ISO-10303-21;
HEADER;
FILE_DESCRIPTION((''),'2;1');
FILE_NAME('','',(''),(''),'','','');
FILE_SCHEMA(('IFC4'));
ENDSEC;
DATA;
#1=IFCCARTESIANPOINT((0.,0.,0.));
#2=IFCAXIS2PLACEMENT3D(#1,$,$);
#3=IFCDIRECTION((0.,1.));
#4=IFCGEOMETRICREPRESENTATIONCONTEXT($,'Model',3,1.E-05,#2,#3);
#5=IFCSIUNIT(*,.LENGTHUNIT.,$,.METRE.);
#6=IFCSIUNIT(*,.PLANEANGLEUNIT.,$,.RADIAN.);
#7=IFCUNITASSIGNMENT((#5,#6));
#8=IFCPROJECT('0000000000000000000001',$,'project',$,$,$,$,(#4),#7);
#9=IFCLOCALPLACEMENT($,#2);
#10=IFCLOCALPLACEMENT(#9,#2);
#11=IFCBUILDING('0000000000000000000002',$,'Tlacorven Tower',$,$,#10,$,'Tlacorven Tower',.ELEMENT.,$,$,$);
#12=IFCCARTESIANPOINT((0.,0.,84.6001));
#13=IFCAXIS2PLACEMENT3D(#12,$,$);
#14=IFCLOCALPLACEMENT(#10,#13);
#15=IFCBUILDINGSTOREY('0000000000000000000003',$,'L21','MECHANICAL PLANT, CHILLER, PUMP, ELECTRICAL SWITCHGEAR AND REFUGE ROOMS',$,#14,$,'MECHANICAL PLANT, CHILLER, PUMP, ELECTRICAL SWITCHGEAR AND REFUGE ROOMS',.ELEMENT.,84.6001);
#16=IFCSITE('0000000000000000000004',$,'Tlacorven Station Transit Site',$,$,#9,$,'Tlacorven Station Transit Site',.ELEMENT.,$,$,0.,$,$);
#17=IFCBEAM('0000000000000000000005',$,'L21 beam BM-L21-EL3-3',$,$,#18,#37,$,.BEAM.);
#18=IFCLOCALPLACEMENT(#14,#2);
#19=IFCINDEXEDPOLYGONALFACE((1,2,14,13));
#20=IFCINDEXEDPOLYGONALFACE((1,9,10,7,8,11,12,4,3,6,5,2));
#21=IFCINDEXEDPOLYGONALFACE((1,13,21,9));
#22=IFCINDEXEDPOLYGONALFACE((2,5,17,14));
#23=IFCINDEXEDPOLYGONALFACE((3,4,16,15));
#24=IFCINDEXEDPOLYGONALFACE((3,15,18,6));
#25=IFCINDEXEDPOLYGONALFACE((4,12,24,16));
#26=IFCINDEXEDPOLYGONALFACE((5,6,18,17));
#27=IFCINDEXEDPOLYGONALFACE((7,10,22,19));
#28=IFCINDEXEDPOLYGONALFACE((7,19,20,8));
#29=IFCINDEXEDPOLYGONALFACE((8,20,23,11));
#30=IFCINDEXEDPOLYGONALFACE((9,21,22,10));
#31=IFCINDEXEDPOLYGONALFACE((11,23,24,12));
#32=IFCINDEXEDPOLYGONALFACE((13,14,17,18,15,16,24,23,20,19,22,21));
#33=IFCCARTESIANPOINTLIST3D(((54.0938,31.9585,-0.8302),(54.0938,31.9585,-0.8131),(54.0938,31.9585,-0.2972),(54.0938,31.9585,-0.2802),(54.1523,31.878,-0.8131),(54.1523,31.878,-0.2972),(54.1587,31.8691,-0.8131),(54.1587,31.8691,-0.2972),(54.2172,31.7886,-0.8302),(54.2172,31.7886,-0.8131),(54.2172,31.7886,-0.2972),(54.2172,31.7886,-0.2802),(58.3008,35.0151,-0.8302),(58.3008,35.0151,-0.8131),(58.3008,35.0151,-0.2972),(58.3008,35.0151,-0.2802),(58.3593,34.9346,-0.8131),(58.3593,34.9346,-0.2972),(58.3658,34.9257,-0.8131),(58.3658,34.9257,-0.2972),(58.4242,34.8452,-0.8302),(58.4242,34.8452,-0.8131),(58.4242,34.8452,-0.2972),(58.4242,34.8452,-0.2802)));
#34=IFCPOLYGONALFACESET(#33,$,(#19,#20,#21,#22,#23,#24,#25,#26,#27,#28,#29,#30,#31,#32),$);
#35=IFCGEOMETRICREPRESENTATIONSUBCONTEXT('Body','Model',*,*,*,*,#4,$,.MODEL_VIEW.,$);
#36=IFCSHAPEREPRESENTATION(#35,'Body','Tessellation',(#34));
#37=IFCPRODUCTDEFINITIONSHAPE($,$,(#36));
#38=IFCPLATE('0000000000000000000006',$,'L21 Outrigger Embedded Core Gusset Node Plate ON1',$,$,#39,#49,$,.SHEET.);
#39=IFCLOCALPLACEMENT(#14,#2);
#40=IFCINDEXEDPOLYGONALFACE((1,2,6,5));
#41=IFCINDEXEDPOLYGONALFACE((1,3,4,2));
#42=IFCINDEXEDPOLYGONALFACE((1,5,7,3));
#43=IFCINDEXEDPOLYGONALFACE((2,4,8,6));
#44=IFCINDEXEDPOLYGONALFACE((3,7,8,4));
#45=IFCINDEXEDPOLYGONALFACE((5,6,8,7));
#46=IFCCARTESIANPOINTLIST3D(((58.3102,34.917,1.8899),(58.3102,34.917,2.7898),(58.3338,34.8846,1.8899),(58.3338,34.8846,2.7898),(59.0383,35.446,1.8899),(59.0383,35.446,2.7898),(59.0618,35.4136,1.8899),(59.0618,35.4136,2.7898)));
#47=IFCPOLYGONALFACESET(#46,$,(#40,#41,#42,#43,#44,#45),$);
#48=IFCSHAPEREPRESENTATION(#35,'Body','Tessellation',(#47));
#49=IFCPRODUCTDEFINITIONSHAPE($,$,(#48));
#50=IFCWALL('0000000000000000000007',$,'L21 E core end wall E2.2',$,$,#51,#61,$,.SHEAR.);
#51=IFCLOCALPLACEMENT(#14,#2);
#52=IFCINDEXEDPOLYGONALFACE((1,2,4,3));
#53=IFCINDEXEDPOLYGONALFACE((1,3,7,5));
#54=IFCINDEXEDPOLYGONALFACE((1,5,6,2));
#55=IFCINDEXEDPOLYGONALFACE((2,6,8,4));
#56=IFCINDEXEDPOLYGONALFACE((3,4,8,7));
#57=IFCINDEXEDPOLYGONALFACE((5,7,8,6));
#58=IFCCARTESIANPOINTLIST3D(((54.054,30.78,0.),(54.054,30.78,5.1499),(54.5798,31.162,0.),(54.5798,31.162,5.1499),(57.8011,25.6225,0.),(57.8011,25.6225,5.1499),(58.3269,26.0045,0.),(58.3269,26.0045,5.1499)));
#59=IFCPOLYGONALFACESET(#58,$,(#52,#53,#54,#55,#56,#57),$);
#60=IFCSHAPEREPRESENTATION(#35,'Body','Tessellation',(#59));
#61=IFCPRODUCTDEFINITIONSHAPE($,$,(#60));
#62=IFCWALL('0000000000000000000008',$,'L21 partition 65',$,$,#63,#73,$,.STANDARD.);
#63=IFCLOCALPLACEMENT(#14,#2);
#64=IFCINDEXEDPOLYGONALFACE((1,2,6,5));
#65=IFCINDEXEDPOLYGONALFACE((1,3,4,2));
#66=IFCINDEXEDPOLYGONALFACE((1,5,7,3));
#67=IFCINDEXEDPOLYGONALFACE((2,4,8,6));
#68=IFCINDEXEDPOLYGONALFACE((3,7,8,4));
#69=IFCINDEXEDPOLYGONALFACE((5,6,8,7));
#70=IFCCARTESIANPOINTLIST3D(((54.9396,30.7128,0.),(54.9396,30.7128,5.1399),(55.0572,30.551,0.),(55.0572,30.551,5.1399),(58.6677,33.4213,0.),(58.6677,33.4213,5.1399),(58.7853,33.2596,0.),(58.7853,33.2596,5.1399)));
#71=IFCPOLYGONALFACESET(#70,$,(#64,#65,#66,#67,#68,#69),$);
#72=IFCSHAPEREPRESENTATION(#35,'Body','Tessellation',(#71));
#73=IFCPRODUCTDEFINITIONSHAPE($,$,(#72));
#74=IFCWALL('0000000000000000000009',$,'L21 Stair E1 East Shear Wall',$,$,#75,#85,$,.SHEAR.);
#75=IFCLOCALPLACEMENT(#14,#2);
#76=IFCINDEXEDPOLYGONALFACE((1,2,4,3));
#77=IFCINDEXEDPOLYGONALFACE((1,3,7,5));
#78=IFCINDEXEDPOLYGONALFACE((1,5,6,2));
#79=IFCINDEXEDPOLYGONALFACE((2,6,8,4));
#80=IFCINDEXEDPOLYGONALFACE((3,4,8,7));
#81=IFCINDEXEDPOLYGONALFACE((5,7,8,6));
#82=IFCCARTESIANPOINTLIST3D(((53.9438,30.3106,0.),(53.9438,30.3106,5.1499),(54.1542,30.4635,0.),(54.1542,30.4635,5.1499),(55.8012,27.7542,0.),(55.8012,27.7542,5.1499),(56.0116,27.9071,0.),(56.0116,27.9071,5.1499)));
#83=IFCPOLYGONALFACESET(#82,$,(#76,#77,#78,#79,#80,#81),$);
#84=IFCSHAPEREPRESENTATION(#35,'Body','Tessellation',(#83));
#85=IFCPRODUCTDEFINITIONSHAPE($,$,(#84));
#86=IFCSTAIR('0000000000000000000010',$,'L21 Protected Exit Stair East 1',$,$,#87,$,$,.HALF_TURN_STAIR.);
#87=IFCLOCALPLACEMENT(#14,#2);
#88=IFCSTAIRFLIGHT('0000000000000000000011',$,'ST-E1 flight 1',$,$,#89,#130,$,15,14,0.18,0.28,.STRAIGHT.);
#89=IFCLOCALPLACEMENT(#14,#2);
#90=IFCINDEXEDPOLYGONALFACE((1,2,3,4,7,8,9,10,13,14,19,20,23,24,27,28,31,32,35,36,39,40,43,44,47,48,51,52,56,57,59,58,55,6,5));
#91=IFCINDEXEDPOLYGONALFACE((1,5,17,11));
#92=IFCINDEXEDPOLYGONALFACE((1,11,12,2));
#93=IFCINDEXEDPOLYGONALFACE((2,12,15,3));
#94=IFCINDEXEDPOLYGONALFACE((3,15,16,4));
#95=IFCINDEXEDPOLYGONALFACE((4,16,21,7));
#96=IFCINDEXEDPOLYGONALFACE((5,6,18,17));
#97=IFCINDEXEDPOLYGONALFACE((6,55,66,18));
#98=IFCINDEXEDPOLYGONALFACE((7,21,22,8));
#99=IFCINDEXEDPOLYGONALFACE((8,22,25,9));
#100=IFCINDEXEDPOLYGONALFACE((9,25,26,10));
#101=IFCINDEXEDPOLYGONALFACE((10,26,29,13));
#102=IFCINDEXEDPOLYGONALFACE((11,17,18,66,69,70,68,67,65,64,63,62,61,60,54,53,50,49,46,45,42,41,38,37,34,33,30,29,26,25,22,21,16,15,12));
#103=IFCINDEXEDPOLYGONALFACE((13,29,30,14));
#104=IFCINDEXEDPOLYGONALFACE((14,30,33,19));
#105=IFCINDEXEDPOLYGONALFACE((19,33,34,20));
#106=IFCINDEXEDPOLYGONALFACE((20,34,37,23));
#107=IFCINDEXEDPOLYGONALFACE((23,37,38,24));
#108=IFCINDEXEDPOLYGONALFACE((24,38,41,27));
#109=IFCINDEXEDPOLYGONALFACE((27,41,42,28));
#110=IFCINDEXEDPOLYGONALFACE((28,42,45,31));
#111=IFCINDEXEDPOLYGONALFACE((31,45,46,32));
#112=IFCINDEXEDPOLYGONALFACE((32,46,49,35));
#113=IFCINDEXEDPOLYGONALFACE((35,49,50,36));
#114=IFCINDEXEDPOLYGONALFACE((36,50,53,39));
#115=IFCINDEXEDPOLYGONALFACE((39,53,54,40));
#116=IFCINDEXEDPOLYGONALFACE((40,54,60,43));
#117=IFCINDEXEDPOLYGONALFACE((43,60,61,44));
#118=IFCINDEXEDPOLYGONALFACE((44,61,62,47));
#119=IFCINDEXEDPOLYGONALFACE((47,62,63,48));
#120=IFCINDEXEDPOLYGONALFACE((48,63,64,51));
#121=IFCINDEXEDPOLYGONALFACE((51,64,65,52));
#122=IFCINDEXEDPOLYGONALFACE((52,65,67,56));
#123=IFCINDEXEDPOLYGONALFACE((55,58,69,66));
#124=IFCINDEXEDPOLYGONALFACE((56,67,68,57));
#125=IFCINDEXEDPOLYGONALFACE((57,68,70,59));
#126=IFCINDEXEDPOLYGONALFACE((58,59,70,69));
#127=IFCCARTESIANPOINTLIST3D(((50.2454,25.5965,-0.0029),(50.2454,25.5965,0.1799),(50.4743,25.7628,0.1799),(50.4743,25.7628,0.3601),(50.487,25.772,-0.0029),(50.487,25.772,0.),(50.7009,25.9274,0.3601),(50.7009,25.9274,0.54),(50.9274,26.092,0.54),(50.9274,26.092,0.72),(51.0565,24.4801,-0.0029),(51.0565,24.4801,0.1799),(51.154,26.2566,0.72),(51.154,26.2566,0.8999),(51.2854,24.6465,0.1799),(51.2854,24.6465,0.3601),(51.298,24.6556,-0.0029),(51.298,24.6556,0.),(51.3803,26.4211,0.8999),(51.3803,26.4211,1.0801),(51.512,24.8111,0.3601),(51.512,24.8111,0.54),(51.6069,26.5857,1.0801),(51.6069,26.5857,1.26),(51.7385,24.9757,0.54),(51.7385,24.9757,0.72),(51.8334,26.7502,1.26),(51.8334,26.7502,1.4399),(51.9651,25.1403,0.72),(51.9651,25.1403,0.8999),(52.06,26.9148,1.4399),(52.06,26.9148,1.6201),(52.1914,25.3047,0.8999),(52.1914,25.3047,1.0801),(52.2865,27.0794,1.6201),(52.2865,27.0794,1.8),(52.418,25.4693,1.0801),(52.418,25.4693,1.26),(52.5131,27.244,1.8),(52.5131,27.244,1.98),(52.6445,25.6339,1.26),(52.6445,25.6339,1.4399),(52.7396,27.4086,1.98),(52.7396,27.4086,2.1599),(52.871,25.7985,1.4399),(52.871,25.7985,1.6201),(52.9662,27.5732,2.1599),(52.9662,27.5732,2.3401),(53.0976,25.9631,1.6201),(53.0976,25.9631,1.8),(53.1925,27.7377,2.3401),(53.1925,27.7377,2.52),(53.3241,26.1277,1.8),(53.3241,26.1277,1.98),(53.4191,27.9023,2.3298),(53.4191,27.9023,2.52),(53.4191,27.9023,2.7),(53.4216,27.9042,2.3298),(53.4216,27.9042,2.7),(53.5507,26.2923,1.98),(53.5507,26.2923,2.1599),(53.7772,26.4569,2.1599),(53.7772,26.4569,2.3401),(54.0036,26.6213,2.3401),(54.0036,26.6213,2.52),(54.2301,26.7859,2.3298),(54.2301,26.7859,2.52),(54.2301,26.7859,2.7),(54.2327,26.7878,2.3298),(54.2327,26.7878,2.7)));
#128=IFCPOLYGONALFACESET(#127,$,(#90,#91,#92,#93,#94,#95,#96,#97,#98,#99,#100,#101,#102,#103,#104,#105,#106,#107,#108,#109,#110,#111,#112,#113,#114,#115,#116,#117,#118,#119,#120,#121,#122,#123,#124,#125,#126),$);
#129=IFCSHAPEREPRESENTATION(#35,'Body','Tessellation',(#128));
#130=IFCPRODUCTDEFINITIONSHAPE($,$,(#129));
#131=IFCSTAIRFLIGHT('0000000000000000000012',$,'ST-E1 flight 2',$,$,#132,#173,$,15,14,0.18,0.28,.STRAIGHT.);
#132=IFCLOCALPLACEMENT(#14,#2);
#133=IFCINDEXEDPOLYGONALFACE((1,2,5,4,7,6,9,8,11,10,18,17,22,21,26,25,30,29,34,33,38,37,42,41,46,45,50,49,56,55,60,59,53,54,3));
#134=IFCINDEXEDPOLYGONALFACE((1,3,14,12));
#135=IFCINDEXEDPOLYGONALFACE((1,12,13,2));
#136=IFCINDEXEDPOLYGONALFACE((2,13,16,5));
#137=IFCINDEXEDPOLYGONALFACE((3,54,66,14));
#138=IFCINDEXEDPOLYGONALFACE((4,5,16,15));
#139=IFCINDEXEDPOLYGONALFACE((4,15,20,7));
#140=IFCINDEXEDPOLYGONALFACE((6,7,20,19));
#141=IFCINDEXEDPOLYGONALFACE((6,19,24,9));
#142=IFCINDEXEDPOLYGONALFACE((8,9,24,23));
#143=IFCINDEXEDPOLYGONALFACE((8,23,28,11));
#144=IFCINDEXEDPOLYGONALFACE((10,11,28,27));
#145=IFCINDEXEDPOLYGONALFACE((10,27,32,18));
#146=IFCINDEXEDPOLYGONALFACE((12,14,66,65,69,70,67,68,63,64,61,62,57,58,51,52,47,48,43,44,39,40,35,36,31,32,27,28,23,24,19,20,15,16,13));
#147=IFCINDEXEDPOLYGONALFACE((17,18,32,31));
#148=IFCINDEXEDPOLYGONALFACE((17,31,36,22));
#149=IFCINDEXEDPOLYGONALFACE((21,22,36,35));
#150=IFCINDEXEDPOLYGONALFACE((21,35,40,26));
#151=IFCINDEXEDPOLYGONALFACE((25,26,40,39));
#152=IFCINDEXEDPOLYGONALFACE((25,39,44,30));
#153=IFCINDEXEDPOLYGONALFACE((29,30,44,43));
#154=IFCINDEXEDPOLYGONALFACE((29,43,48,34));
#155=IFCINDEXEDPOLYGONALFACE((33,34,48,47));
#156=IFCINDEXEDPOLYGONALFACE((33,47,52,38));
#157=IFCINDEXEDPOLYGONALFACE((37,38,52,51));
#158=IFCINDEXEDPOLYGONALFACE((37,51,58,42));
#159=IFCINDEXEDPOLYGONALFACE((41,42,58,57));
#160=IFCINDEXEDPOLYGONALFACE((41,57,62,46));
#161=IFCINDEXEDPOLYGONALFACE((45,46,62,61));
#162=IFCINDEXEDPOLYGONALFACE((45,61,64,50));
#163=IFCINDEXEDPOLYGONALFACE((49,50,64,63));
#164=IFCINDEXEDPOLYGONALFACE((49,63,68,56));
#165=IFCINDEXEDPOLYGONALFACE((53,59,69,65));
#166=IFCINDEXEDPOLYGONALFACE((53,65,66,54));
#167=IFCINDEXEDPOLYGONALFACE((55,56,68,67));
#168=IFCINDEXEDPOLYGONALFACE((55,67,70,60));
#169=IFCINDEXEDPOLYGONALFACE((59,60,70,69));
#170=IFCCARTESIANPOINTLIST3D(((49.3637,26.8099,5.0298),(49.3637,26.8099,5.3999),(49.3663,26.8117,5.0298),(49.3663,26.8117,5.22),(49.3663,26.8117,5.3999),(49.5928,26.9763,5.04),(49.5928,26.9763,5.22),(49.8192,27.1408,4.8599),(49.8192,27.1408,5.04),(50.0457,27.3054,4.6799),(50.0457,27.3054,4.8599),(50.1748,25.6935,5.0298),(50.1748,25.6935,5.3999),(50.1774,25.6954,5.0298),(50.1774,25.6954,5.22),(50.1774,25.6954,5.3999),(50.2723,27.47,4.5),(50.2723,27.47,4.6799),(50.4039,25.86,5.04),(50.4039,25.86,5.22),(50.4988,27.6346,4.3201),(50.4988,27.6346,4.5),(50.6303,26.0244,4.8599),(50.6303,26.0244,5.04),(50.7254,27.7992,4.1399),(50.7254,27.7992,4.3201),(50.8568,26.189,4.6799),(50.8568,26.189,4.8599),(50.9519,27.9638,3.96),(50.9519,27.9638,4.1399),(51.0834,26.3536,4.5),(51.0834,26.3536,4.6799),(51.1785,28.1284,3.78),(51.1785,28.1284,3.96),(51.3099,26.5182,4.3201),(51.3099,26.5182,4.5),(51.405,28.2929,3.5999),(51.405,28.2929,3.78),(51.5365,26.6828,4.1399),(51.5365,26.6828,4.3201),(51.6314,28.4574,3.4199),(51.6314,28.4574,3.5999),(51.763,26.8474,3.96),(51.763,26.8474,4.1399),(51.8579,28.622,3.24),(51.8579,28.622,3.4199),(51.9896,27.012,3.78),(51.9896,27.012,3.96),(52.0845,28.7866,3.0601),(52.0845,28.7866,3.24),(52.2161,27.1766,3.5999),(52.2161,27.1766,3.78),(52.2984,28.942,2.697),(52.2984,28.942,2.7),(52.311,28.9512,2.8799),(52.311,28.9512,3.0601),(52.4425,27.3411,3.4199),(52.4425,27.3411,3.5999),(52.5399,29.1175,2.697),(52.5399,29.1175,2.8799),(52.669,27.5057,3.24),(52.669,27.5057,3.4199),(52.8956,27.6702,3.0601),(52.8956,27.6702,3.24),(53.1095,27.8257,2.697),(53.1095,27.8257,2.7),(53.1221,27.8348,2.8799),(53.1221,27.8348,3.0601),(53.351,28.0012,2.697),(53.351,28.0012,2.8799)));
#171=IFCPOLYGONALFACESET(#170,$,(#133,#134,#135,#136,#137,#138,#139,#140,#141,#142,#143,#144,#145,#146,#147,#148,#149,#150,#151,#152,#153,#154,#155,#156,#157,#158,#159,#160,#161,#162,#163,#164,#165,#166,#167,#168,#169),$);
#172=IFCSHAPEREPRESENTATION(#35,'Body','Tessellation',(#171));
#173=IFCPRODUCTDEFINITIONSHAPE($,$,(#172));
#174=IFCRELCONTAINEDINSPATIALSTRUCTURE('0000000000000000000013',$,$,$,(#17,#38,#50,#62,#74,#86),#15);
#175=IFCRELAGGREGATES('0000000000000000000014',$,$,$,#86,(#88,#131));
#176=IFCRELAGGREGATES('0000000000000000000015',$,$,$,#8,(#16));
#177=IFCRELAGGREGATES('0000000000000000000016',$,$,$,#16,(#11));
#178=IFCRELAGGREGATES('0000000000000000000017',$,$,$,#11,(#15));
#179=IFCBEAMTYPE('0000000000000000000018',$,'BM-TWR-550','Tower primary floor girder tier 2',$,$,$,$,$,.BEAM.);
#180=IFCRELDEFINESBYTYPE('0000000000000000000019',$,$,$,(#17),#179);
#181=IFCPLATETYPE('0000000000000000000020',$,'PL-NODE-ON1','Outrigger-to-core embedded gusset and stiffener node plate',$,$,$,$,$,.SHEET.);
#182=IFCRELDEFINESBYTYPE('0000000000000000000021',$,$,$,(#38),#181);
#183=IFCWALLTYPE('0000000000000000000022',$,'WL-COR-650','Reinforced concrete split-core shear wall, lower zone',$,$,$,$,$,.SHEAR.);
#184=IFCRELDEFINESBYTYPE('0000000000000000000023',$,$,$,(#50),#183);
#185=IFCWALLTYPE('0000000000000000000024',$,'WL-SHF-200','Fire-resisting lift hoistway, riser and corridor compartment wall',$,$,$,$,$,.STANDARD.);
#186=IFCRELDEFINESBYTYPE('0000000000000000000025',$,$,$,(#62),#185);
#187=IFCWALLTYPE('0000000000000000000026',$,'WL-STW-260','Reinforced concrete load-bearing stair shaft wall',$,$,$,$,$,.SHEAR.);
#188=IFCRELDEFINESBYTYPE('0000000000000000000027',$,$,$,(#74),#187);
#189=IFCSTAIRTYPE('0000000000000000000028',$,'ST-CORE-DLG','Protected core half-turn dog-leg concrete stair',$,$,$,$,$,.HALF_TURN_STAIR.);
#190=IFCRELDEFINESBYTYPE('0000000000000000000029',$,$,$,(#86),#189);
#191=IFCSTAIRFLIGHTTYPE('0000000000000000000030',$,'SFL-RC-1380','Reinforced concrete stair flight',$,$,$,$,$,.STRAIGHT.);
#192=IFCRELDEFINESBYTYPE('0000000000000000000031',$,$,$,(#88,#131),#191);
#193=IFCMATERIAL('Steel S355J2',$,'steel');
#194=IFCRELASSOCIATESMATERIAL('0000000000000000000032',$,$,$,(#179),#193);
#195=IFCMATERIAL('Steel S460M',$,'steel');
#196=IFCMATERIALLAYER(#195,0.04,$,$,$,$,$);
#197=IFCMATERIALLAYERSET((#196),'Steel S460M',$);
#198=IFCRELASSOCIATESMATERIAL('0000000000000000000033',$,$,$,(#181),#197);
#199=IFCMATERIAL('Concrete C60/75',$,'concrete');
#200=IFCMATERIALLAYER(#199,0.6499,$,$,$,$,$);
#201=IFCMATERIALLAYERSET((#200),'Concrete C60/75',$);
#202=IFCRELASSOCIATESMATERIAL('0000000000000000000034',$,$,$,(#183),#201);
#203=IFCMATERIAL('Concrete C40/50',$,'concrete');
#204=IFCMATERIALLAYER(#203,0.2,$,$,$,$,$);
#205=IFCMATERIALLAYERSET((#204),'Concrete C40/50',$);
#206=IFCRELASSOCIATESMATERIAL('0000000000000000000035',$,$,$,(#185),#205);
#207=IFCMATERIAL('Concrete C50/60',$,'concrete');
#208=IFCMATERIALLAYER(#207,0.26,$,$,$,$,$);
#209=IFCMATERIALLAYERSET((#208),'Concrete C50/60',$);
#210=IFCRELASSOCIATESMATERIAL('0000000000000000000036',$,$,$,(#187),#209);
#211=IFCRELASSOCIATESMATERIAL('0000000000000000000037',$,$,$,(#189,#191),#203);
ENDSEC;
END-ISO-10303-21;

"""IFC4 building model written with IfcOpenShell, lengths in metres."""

from ifc_helpers import new_model, si_unit, direction, frame, frame_2d, origin, origin_2d, place, context, subcontext, project, spatial, polyline, rectangle, i_section, outline, extrude, source, transform, mapped, material, layer, layer_set, material_profile, profile_set, type_object, element, aggregate, save


model = new_model("IFC4")

# Units and contexts
model_context = context("Model", 3, precision=1e-05, world=origin(), true_north=direction((0.0, 1.0)))
body_context = subcontext(model_context, "Body", "Model", "MODEL_VIEW")
ifc_project = project(units=[si_unit("LENGTHUNIT", "METRE"), si_unit("PLANEANGLEUNIT", "RADIAN")], contexts=[model_context])

# Site, building, storey
site_placement = place(None, origin())
site = spatial("IfcSite", under=ifc_project, at=site_placement, Name="Tlacorven Station Transit Site", LongName="Tlacorven Station Transit Site", CompositionType="ELEMENT", RefElevation=0.0)
building_placement = place(site_placement, origin())
building = spatial("IfcBuilding", under=site, at=building_placement, Name="Tlacorven Tower", LongName="Tlacorven Tower", CompositionType="ELEMENT")
storey_placement = place(building_placement, frame((0.0, 0.0, 84.6001)))
storey = spatial("IfcBuildingStorey", under=building, at=storey_placement, Name="L21", Description="MECHANICAL PLANT, CHILLER, PUMP, ELECTRICAL SWITCHGEAR AND REFUGE ROOMS", LongName="MECHANICAL PLANT, CHILLER, PUMP, ELECTRICAL SWITCHGEAR AND REFUGE ROOMS", CompositionType="ELEMENT", Elevation=84.6001)

# Shared definitions
ifc_material_1 = material(Name="Steel S460M", Category="steel")

# Beam
ifc_material_2 = material(Name="Steel S355J2", Category="steel")
ifc_material_profile_1 = material_profile(ifc_material_2, i_section(OverallWidth=0.21, OverallDepth=0.55, WebThickness=0.011, FlangeThickness=0.0171, at=origin_2d()), Name="IPE 550")
ifc_profile_set_1 = profile_set([ifc_material_profile_1], Name="Steel S355J2")
beam_type_1 = type_object("IfcBeamType", Name="BM-TWR-550", Description="Tower primary floor girder tier 2", PredefinedType="BEAM", material=ifc_profile_set_1)
shared_shape_1 = source(origin(), body_context, "Body", "SweptSolid", [
    extrude(i_section(OverallWidth=0.21, OverallDepth=0.55, WebThickness=0.011, FlangeThickness=0.0171, at=origin_2d()), origin(), (0.0, 0.0, 1.0), 5.2002),
])
beam_1_placement = place(storey_placement, frame((54.1555, 31.8735, -0.5552), z_axis=(0.809012, 0.587792, 0.0), x_axis=(-0.587792, 0.809012, 0.0)))
element("IfcBeam", 1, at=beam_1_placement, inside=storey, type_object=beam_type_1, Name="L21 beam BM-L21-EL3-3", PredefinedType="BEAM", context=body_context, shape_type="MappedRepresentation", body=[
    mapped(shared_shape_1, transform((0.0, 0.0, 0.0), scale=1.0)),
])

# Plate
ifc_layer_1 = layer(ifc_material_1, 0.04)
ifc_layer_set_1 = layer_set([ifc_layer_1], Name="Steel S460M")
plate_type = type_object("IfcPlateType", Name="PL-NODE-ON1", Description="Outrigger-to-core embedded gusset and stiffener node plate", PredefinedType="SHEET", material=ifc_layer_set_1)
shared_shape_2 = source(origin(), body_context, "Body", "SweptSolid", [
    extrude(rectangle(XDim=0.8999, YDim=0.04, at=origin_2d()), origin(), (0.0, 0.0, 1.0), 0.8999),
])
plate_placement = place(storey_placement, frame((58.686, 35.1653, 1.8899), z_axis=(0.0, 0.0, 1.0), x_axis=(0.809017, 0.587785, 0.0)))
element("IfcPlate", 2, at=plate_placement, inside=storey, type_object=plate_type, Name="L21 Outrigger Embedded Core Gusset Node Plate ON1", PredefinedType="SHEET", context=body_context, shape_type="MappedRepresentation", body=[
    mapped(shared_shape_2, transform((0.0, 0.0, 0.0), scale=1.0)),
])

# Walls
ifc_material_3 = material(Name="Concrete C60/75", Category="concrete")
ifc_layer_2 = layer(ifc_material_3, 0.6499)
ifc_layer_set_2 = layer_set([ifc_layer_2], Name="Concrete C60/75")
wall_type_1 = type_object("IfcWallType", Name="WL-COR-650", Description="Reinforced concrete split-core shear wall, lower zone", PredefinedType="SHEAR", material=ifc_layer_set_2)
wall_1_placement = place(storey_placement, frame((58.064, 25.8135, 0.0), z_axis=(0.0, 0.0, 1.0), x_axis=(-0.58778, 0.809021, 0.0)))
element("IfcWall", 3, at=wall_1_placement, inside=storey, type_object=wall_type_1, Name="L21 E core end wall E2.2", PredefinedType="SHEAR", context=body_context, shape_type="SweptSolid", body=[
    extrude(rectangle(XDim=6.375, YDim=0.6499, at=frame_2d((3.1875, 0.0))), origin(), (0.0, 0.0, 1.0), 5.1499),
])
ifc_material_4 = material(Name="Concrete C40/50", Category="concrete")
ifc_layer_3 = layer(ifc_material_4, 0.2)
ifc_layer_set_3 = layer_set([ifc_layer_3], Name="Concrete C40/50")
wall_type_2 = type_object("IfcWallType", Name="WL-SHF-200", Description="Fire-resisting lift hoistway, riser and corridor compartment wall", PredefinedType="STANDARD", material=ifc_layer_set_3)
wall_2_placement = place(storey_placement, frame((54.9983, 30.6318, 0.0), z_axis=(0.0, 0.0, 1.0), x_axis=(0.809025, 0.587775, 0.0)))
element("IfcWall", 4, at=wall_2_placement, inside=storey, type_object=wall_type_2, Name="L21 partition 65", PredefinedType="STANDARD", context=body_context, shape_type="SweptSolid", body=[
    extrude(rectangle(XDim=4.6082, YDim=0.2, at=frame_2d((2.3042, 0.0))), origin(), (0.0, 0.0, 1.0), 5.1399),
])

# Wall
ifc_material_5 = material(Name="Concrete C50/60", Category="concrete")
ifc_layer_4 = layer(ifc_material_5, 0.26)
ifc_layer_set_4 = layer_set([ifc_layer_4], Name="Concrete C50/60")
wall_type_3 = type_object("IfcWallType", Name="WL-STW-260", Description="Reinforced concrete load-bearing stair shaft wall", PredefinedType="SHEAR", material=ifc_layer_set_4)
wall_3_placement = place(storey_placement, frame((55.9065, 27.8306, 0.0), z_axis=(0.0, 0.0, 1.0), x_axis=(-0.587804, 0.809003, 0.0)))
element("IfcWall", 5, at=wall_3_placement, inside=storey, type_object=wall_type_3, Name="L21 Stair E1 East Shear Wall", PredefinedType="SHEAR", context=body_context, shape_type="SweptSolid", body=[
    extrude(rectangle(XDim=3.1599, YDim=0.26, at=frame_2d((1.5801, 0.0))), origin(), (0.0, 0.0, 1.0), 5.1499),
])

# Stair, stair flights
stair_type = type_object("IfcStairType", Name="ST-CORE-DLG", Description="Protected core half-turn dog-leg concrete stair", PredefinedType="HALF_TURN_STAIR", material=ifc_material_4)
stair_placement = place(storey_placement, origin())
stair = element("IfcStair", 6, at=stair_placement, inside=storey, type_object=stair_type, Name="L21 Protected Exit Stair East 1", PredefinedType="HALF_TURN_STAIR")
stair_flight_type = type_object("IfcStairFlightType", Name="SFL-RC-1380", Description="Reinforced concrete stair flight", PredefinedType="STRAIGHT", material=ifc_material_4)
shared_shape_3 = source(origin(), body_context, "Body", "SweptSolid", [
    extrude(outline(polyline([(-0.0029, -0.0029), (-0.0029, 0.1799), (0.28, 0.1799), (0.28, 0.3601), (0.5601, 0.3601), (0.5601, 0.54), (0.8401, 0.54), (0.8401, 0.72), (1.1201, 0.72), (1.1201, 0.8999), (1.3999, 0.8999), (1.3999, 1.0801), (1.6799, 1.0801), (1.6799, 1.26), (1.96, 1.26), (1.96, 1.4399), (2.24, 1.4399), (2.24, 1.6201), (2.52, 1.6201), (2.52, 1.8), (2.8, 1.8), (2.8, 1.98), (3.0801, 1.98), (3.0801, 2.1599), (3.3601, 2.1599), (3.3601, 2.3401), (3.6399, 2.3401), (3.6399, 2.52), (3.9199, 2.52), (3.9199, 2.7), (3.9231, 2.7), (3.9231, 2.3298), (3.9199, 2.3298), (0.2957, 0.0), (0.2957, -0.0029), (-0.0029, -0.0029)])), frame((0.0, 0.6899, 0.0), z_axis=(0.0, -1.0, 0.0), x_axis=(1.0, 0.0, 0.0)), (0.0, 0.0, 1.0), 1.3799),
])
stair_flight_1_placement = place(storey_placement, frame((50.6533, 25.04, 0.0), z_axis=(0.0, 0.0, 1.0), x_axis=(0.809017, 0.587785, 0.0)))
stair_flight_1 = element("IfcStairFlight", 7, at=stair_flight_1_placement, type_object=stair_flight_type, Name="ST-E1 flight 1", NumberOfRisers=15, NumberOfTreads=14, PredefinedType="STRAIGHT", RiserHeight=0.18, TreadLength=0.28, context=body_context, shape_type="MappedRepresentation", body=[
    mapped(shared_shape_3, transform((0.0, 0.0, 0.0), scale=1.0)),
])
stair_flight_2_placement = place(storey_placement, frame((52.9431, 28.5576, 2.7), z_axis=(0.0, 0.0, 1.0), x_axis=(-0.809017, -0.587785, 0.0)))
stair_flight_2 = element("IfcStairFlight", 8, at=stair_flight_2_placement, type_object=stair_flight_type, Name="ST-E1 flight 2", NumberOfRisers=15, NumberOfTreads=14, PredefinedType="STRAIGHT", RiserHeight=0.18, TreadLength=0.28, context=body_context, shape_type="MappedRepresentation", body=[
    mapped(shared_shape_3, transform((0.0, 0.0, 0.0), scale=1.0)),
])
aggregate(stair, [stair_flight_1, stair_flight_2])

save(model, "model.ifc")
